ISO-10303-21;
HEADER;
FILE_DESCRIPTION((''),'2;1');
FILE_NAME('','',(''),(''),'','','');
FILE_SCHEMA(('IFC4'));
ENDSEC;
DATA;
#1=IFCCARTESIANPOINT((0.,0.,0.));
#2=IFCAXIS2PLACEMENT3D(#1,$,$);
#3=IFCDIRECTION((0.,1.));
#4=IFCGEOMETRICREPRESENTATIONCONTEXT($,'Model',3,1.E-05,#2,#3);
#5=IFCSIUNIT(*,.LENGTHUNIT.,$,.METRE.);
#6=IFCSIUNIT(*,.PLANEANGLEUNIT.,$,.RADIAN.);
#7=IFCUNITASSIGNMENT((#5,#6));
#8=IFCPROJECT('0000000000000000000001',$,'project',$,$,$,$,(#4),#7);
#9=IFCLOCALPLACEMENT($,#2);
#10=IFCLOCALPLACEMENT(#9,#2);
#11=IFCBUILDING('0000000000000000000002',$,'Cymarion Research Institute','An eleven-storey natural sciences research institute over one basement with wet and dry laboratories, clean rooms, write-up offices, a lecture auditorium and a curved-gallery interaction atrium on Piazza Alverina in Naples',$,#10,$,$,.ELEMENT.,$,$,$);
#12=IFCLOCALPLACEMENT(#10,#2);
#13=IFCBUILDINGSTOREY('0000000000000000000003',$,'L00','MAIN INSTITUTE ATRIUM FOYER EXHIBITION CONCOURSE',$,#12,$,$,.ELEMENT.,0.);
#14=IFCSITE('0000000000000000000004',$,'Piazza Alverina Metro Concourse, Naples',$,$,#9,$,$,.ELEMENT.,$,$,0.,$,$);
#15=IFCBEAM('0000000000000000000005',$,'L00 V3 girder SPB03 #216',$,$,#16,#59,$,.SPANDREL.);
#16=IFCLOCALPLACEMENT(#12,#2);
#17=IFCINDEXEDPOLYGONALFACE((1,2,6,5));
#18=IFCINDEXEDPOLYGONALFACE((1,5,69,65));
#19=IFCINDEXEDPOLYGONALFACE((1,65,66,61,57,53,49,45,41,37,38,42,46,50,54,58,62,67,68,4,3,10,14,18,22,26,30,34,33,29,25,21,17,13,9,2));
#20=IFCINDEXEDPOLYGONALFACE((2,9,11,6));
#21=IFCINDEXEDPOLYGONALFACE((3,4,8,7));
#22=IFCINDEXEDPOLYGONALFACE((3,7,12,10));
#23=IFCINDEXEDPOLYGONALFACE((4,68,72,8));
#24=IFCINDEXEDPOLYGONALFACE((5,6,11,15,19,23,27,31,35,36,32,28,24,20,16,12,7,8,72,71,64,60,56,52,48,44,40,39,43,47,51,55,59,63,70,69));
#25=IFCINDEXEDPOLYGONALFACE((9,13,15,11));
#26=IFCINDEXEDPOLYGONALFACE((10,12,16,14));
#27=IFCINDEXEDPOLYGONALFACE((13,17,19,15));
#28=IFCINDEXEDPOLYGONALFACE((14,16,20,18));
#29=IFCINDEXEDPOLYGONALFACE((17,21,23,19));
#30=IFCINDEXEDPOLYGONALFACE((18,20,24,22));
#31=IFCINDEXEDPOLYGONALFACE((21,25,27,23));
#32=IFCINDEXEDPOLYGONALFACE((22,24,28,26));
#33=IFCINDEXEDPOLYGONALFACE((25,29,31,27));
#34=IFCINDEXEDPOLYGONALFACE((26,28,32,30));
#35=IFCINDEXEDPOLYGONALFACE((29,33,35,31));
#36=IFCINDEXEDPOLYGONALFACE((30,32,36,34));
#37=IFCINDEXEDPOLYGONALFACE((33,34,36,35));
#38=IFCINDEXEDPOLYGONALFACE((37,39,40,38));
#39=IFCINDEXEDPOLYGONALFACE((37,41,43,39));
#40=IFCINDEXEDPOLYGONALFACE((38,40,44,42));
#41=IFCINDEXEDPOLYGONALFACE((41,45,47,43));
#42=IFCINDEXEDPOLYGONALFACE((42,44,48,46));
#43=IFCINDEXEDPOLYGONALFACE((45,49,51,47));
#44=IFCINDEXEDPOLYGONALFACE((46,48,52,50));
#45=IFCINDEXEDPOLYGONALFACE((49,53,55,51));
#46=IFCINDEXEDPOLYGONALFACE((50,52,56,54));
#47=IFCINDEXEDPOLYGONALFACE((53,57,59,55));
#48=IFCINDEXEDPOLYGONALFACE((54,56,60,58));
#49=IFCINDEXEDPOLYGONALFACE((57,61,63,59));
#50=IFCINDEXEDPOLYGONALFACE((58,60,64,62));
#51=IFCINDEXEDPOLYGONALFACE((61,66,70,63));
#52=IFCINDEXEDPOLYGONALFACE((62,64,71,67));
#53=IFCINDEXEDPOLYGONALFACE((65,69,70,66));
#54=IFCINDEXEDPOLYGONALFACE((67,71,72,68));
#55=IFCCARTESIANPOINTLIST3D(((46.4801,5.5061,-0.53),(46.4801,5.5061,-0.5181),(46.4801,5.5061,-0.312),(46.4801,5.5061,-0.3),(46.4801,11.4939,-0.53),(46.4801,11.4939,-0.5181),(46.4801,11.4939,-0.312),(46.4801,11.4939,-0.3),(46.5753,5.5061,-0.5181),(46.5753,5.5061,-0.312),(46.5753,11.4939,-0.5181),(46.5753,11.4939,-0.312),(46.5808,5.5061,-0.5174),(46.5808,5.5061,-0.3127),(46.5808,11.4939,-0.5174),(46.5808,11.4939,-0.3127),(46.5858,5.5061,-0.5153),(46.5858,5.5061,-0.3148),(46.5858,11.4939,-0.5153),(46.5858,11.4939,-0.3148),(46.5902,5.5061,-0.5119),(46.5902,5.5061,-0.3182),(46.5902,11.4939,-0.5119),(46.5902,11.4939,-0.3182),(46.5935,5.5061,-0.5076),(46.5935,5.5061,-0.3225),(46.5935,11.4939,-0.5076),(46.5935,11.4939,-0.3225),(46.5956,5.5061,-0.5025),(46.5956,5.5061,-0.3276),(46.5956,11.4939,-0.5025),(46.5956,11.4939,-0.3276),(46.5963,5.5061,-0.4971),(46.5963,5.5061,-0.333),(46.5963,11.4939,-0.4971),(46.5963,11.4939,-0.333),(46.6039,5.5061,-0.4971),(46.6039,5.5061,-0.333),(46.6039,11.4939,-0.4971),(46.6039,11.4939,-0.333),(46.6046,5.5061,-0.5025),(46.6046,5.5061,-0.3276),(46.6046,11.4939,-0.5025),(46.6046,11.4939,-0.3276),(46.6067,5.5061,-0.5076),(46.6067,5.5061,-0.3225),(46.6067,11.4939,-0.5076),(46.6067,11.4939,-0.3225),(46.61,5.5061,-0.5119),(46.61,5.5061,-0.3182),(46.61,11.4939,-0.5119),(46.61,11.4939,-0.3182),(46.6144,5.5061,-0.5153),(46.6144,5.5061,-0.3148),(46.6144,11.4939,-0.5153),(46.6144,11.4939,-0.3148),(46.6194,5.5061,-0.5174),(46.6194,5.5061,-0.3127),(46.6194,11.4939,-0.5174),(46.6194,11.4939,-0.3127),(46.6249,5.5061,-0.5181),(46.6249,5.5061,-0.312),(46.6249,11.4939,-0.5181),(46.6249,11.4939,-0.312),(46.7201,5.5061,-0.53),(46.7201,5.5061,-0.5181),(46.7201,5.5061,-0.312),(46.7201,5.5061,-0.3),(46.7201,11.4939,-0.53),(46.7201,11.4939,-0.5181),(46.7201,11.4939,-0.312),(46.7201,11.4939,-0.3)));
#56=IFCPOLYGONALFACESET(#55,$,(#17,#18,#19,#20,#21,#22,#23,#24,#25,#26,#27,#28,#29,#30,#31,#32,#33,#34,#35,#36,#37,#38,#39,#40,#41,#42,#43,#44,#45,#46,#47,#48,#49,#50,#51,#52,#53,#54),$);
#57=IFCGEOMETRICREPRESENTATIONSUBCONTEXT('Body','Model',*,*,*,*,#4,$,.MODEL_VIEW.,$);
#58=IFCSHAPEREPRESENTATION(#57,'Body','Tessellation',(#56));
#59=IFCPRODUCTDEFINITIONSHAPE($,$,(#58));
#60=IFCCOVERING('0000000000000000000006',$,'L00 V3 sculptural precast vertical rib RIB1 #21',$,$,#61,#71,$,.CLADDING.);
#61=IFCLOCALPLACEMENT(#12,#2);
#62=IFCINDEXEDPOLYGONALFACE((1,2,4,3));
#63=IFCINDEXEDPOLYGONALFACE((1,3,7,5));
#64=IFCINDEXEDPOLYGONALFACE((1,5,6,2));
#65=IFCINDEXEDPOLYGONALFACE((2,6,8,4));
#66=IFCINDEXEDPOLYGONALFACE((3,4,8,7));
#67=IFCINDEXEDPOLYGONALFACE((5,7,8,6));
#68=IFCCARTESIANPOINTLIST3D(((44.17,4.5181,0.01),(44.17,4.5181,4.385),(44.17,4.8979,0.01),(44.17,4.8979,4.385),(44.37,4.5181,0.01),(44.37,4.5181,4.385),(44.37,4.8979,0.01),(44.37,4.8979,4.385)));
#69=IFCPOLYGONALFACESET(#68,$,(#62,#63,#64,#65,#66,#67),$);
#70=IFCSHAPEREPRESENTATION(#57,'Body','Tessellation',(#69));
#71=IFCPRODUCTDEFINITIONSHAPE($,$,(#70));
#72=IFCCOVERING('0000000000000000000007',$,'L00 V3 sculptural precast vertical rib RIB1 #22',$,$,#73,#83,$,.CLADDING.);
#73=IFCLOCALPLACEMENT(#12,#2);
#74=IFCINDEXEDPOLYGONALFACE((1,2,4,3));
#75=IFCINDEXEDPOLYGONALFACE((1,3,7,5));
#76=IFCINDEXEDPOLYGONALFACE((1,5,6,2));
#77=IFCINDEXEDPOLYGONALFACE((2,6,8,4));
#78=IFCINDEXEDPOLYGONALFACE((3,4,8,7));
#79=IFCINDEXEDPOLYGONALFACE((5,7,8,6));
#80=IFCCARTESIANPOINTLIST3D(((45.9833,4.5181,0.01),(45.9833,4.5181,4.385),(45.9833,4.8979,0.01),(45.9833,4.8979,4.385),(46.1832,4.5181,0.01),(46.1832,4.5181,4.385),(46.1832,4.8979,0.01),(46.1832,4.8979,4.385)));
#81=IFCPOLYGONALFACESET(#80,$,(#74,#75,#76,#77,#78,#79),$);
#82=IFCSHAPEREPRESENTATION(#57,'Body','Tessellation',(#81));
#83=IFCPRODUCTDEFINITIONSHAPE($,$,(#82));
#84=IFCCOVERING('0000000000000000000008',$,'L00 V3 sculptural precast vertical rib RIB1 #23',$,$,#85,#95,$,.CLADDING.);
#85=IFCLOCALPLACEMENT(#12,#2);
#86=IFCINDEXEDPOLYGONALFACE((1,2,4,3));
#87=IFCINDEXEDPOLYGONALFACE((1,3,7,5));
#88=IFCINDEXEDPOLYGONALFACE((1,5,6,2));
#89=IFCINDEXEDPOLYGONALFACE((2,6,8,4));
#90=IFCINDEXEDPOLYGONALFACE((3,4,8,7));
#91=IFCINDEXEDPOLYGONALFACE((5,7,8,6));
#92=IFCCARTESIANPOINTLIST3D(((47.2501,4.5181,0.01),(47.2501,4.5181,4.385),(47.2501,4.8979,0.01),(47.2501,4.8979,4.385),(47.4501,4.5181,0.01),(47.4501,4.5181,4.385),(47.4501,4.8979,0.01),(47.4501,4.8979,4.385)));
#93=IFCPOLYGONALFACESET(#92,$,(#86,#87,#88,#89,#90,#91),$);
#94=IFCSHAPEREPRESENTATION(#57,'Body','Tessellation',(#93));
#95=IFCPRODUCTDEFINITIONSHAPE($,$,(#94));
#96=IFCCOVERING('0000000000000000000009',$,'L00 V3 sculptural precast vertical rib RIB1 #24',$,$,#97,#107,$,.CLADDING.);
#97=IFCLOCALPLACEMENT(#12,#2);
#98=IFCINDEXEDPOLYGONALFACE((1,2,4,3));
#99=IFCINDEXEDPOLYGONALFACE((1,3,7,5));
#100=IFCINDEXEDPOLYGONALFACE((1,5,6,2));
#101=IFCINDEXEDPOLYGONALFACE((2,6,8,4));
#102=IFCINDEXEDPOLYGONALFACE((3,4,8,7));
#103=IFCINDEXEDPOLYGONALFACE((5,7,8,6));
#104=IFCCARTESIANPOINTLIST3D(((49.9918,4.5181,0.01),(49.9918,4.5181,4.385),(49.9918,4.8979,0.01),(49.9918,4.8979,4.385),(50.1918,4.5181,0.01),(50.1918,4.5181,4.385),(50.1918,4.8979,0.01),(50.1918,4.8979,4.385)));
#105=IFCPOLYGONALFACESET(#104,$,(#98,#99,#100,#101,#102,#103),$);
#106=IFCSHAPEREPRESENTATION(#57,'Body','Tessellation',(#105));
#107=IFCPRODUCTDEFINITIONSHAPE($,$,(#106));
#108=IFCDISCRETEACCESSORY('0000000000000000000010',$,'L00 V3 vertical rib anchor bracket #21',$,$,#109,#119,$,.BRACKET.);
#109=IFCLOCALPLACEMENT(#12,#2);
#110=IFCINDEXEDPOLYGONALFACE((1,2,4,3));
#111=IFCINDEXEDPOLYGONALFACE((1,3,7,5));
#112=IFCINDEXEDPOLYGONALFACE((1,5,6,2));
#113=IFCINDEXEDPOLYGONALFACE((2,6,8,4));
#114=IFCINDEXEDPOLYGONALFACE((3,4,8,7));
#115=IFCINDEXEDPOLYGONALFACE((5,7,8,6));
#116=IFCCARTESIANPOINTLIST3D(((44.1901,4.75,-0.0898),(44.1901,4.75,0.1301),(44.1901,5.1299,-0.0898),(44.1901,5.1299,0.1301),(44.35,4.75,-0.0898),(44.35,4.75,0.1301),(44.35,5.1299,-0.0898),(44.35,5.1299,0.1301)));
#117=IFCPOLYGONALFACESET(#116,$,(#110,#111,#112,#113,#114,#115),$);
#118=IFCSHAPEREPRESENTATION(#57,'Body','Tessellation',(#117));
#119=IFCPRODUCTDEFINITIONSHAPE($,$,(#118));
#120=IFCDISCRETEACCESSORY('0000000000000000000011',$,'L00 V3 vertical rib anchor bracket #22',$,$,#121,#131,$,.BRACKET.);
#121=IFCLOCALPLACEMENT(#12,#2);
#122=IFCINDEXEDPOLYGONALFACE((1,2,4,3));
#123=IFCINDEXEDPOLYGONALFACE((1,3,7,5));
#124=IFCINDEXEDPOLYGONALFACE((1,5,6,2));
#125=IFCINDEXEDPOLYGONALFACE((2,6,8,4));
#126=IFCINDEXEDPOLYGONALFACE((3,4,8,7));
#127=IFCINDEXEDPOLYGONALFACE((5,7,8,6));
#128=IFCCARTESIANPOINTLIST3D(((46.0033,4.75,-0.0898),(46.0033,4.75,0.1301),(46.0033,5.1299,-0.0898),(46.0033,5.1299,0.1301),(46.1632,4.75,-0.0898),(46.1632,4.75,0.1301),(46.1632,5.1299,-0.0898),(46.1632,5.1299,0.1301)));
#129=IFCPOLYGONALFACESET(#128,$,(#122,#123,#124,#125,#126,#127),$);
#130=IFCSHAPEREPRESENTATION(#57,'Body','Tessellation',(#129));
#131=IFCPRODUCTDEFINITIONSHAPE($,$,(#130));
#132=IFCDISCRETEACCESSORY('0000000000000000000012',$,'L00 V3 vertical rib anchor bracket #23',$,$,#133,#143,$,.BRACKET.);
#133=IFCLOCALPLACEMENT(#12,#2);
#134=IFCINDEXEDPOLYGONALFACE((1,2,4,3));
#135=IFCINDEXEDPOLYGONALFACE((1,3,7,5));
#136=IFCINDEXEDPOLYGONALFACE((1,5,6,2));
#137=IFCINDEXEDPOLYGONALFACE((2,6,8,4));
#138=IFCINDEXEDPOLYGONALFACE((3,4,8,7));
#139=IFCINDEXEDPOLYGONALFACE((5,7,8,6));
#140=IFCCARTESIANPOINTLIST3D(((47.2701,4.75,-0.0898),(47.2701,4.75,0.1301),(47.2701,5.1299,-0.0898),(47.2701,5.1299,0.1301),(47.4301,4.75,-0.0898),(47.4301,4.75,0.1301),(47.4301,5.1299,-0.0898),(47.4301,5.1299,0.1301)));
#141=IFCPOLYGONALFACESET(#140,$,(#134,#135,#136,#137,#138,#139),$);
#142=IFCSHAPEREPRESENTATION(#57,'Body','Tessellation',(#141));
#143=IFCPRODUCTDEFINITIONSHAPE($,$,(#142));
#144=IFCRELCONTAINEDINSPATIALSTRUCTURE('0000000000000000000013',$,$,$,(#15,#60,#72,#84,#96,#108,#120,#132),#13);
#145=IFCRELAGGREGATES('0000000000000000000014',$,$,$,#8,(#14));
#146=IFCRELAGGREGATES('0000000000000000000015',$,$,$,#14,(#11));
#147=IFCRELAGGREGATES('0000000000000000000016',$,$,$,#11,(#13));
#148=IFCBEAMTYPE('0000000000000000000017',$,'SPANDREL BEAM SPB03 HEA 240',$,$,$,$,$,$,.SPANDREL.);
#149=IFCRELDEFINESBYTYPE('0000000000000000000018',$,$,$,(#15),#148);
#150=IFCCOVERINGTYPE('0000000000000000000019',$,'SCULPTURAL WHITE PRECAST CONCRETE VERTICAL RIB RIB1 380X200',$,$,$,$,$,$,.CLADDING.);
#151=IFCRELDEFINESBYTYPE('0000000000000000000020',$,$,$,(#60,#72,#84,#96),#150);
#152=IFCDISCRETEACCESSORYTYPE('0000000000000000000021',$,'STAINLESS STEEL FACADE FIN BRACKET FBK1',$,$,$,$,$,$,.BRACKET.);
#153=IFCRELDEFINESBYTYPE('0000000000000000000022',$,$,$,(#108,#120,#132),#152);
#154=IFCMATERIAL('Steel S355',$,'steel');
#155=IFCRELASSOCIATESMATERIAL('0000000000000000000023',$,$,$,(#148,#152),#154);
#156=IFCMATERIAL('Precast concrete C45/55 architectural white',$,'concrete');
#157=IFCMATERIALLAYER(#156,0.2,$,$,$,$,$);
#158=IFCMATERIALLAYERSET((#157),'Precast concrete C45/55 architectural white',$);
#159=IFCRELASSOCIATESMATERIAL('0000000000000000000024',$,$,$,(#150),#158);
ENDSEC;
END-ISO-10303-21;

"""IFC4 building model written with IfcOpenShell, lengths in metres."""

from ifc_helpers import new_model, si_unit, direction, frame, origin, origin_2d, place, context, subcontext, project, spatial, rectangle, i_section, extrude, material, layer, layer_set, material_profile, profile_set, type_object, element, save


model = new_model("IFC4")

# Units and contexts
model_context = context("Model", 3, precision=1e-05, world=origin(), true_north=direction((0.0, 1.0)))
body_context = subcontext(model_context, "Body", "Model", "MODEL_VIEW")
ifc_project = project(units=[si_unit("LENGTHUNIT", "METRE"), si_unit("PLANEANGLEUNIT", "RADIAN")], contexts=[model_context])

# Site, building, storey
site_placement = place(None, origin())
site = spatial("IfcSite", under=ifc_project, at=site_placement, Name="Piazza Alverina Metro Concourse, Naples", CompositionType="ELEMENT", RefElevation=0.0)
building_placement = place(site_placement, origin())
building = spatial("IfcBuilding", under=site, at=building_placement, Name="Cymarion Research Institute", Description="An eleven-storey natural sciences research institute over one basement with wet and dry laboratories, clean rooms, write-up offices, a lecture auditorium and a curved-gallery interaction atrium on Piazza Alverina in Naples", CompositionType="ELEMENT")
storey_placement = place(building_placement, origin())
storey = spatial("IfcBuildingStorey", under=building, at=storey_placement, Name="L00", Description="MAIN INSTITUTE ATRIUM FOYER EXHIBITION CONCOURSE", CompositionType="ELEMENT", Elevation=0.0)

# Shared definitions
ifc_material_1 = material(Name="Steel S355", Category="steel")

# Beam
ifc_material_profile_1 = material_profile(ifc_material_1, i_section(OverallWidth=0.24, OverallDepth=0.23, WebThickness=0.0076, FlangeThickness=0.012, FilletRadius=0.021, at=origin_2d()), Name="HEA 240")
ifc_profile_set_1 = profile_set([ifc_material_profile_1], Name="Steel S355")
beam_type_1 = type_object("IfcBeamType", Name="SPANDREL BEAM SPB03 HEA 240", PredefinedType="SPANDREL", material=ifc_profile_set_1)
beam_1_placement = place(storey_placement, frame((46.6001, 5.5061, -0.415), z_axis=(0.0, 1.0, 0.0), x_axis=(-1.0, 0.0, 0.0)))
element("IfcBeam", 1, at=beam_1_placement, inside=storey, type_object=beam_type_1, Name="L00 V3 girder SPB03 #216", PredefinedType="SPANDREL", context=body_context, shape_type="SweptSolid", body=[
    extrude(i_section(OverallWidth=0.24, OverallDepth=0.23, WebThickness=0.0076, FlangeThickness=0.012, FilletRadius=0.021, at=origin_2d()), origin(), (0.0, 0.0, 1.0), 5.9878),
])

# Coverings
ifc_material_2 = material(Name="Precast concrete C45/55 architectural white", Category="concrete")
ifc_layer = layer(ifc_material_2, 0.2)
ifc_layer_set = layer_set([ifc_layer], Name="Precast concrete C45/55 architectural white")
covering_type = type_object("IfcCoveringType", Name="SCULPTURAL WHITE PRECAST CONCRETE VERTICAL RIB RIB1 380X200", PredefinedType="CLADDING", material=ifc_layer_set)
for number, where, z_axis, x_axis, name in (
    (2, (44.27, 4.708, 0.01), (0.0, 0.0, 1.0), (0.0, -1.0, 0.0), "L00 V3 sculptural precast vertical rib RIB1 #21"),
    (3, (46.0833, 4.708, 0.01), (0.0, 0.0, 1.0), (0.0, -1.0, 0.0), "L00 V3 sculptural precast vertical rib RIB1 #22"),
    (4, (47.3501, 4.708, 0.01), (0.0, 0.0, 1.0), (0.0, -1.0, 0.0), "L00 V3 sculptural precast vertical rib RIB1 #23"),
    (5, (50.0918, 4.708, 0.01), (0.0, 0.0, 1.0), (0.0, -1.0, 0.0), "L00 V3 sculptural precast vertical rib RIB1 #24"),
):
    element("IfcCovering", number, at=place(storey_placement, frame(where, z_axis=z_axis, x_axis=x_axis)), inside=storey, type_object=covering_type, Name=name, PredefinedType="CLADDING", context=body_context, shape_type="SweptSolid", body=[
        extrude(rectangle(XDim=0.3799, YDim=0.2, at=origin_2d()), origin(), (0.0, 0.0, 1.0), 4.375),
    ])

# Discrete accessories
discrete_accessory_type = type_object("IfcDiscreteAccessoryType", Name="STAINLESS STEEL FACADE FIN BRACKET FBK1", PredefinedType="BRACKET", material=ifc_material_1)
for number, where, z_axis, x_axis, name in (
    (6, (44.27, 4.9399, -0.0898), (0.0, 0.0, 1.0), (0.0, -1.0, 0.0), "L00 V3 vertical rib anchor bracket #21"),
    (7, (46.0833, 4.9399, -0.0898), (0.0, 0.0, 1.0), (0.0, -1.0, 0.0), "L00 V3 vertical rib anchor bracket #22"),
    (8, (47.3501, 4.9399, -0.0898), (0.0, 0.0, 1.0), (0.0, -1.0, 0.0), "L00 V3 vertical rib anchor bracket #23"),
):
    element("IfcDiscreteAccessory", number, at=place(storey_placement, frame(where, z_axis=z_axis, x_axis=x_axis)), inside=storey, type_object=discrete_accessory_type, Name=name, PredefinedType="BRACKET", context=body_context, shape_type="SweptSolid", body=[
        extrude(rectangle(XDim=0.3799, YDim=0.1599, at=origin_2d()), origin(), (0.0, 0.0, 1.0), 0.22),
    ])

save(model, "model.ifc")
